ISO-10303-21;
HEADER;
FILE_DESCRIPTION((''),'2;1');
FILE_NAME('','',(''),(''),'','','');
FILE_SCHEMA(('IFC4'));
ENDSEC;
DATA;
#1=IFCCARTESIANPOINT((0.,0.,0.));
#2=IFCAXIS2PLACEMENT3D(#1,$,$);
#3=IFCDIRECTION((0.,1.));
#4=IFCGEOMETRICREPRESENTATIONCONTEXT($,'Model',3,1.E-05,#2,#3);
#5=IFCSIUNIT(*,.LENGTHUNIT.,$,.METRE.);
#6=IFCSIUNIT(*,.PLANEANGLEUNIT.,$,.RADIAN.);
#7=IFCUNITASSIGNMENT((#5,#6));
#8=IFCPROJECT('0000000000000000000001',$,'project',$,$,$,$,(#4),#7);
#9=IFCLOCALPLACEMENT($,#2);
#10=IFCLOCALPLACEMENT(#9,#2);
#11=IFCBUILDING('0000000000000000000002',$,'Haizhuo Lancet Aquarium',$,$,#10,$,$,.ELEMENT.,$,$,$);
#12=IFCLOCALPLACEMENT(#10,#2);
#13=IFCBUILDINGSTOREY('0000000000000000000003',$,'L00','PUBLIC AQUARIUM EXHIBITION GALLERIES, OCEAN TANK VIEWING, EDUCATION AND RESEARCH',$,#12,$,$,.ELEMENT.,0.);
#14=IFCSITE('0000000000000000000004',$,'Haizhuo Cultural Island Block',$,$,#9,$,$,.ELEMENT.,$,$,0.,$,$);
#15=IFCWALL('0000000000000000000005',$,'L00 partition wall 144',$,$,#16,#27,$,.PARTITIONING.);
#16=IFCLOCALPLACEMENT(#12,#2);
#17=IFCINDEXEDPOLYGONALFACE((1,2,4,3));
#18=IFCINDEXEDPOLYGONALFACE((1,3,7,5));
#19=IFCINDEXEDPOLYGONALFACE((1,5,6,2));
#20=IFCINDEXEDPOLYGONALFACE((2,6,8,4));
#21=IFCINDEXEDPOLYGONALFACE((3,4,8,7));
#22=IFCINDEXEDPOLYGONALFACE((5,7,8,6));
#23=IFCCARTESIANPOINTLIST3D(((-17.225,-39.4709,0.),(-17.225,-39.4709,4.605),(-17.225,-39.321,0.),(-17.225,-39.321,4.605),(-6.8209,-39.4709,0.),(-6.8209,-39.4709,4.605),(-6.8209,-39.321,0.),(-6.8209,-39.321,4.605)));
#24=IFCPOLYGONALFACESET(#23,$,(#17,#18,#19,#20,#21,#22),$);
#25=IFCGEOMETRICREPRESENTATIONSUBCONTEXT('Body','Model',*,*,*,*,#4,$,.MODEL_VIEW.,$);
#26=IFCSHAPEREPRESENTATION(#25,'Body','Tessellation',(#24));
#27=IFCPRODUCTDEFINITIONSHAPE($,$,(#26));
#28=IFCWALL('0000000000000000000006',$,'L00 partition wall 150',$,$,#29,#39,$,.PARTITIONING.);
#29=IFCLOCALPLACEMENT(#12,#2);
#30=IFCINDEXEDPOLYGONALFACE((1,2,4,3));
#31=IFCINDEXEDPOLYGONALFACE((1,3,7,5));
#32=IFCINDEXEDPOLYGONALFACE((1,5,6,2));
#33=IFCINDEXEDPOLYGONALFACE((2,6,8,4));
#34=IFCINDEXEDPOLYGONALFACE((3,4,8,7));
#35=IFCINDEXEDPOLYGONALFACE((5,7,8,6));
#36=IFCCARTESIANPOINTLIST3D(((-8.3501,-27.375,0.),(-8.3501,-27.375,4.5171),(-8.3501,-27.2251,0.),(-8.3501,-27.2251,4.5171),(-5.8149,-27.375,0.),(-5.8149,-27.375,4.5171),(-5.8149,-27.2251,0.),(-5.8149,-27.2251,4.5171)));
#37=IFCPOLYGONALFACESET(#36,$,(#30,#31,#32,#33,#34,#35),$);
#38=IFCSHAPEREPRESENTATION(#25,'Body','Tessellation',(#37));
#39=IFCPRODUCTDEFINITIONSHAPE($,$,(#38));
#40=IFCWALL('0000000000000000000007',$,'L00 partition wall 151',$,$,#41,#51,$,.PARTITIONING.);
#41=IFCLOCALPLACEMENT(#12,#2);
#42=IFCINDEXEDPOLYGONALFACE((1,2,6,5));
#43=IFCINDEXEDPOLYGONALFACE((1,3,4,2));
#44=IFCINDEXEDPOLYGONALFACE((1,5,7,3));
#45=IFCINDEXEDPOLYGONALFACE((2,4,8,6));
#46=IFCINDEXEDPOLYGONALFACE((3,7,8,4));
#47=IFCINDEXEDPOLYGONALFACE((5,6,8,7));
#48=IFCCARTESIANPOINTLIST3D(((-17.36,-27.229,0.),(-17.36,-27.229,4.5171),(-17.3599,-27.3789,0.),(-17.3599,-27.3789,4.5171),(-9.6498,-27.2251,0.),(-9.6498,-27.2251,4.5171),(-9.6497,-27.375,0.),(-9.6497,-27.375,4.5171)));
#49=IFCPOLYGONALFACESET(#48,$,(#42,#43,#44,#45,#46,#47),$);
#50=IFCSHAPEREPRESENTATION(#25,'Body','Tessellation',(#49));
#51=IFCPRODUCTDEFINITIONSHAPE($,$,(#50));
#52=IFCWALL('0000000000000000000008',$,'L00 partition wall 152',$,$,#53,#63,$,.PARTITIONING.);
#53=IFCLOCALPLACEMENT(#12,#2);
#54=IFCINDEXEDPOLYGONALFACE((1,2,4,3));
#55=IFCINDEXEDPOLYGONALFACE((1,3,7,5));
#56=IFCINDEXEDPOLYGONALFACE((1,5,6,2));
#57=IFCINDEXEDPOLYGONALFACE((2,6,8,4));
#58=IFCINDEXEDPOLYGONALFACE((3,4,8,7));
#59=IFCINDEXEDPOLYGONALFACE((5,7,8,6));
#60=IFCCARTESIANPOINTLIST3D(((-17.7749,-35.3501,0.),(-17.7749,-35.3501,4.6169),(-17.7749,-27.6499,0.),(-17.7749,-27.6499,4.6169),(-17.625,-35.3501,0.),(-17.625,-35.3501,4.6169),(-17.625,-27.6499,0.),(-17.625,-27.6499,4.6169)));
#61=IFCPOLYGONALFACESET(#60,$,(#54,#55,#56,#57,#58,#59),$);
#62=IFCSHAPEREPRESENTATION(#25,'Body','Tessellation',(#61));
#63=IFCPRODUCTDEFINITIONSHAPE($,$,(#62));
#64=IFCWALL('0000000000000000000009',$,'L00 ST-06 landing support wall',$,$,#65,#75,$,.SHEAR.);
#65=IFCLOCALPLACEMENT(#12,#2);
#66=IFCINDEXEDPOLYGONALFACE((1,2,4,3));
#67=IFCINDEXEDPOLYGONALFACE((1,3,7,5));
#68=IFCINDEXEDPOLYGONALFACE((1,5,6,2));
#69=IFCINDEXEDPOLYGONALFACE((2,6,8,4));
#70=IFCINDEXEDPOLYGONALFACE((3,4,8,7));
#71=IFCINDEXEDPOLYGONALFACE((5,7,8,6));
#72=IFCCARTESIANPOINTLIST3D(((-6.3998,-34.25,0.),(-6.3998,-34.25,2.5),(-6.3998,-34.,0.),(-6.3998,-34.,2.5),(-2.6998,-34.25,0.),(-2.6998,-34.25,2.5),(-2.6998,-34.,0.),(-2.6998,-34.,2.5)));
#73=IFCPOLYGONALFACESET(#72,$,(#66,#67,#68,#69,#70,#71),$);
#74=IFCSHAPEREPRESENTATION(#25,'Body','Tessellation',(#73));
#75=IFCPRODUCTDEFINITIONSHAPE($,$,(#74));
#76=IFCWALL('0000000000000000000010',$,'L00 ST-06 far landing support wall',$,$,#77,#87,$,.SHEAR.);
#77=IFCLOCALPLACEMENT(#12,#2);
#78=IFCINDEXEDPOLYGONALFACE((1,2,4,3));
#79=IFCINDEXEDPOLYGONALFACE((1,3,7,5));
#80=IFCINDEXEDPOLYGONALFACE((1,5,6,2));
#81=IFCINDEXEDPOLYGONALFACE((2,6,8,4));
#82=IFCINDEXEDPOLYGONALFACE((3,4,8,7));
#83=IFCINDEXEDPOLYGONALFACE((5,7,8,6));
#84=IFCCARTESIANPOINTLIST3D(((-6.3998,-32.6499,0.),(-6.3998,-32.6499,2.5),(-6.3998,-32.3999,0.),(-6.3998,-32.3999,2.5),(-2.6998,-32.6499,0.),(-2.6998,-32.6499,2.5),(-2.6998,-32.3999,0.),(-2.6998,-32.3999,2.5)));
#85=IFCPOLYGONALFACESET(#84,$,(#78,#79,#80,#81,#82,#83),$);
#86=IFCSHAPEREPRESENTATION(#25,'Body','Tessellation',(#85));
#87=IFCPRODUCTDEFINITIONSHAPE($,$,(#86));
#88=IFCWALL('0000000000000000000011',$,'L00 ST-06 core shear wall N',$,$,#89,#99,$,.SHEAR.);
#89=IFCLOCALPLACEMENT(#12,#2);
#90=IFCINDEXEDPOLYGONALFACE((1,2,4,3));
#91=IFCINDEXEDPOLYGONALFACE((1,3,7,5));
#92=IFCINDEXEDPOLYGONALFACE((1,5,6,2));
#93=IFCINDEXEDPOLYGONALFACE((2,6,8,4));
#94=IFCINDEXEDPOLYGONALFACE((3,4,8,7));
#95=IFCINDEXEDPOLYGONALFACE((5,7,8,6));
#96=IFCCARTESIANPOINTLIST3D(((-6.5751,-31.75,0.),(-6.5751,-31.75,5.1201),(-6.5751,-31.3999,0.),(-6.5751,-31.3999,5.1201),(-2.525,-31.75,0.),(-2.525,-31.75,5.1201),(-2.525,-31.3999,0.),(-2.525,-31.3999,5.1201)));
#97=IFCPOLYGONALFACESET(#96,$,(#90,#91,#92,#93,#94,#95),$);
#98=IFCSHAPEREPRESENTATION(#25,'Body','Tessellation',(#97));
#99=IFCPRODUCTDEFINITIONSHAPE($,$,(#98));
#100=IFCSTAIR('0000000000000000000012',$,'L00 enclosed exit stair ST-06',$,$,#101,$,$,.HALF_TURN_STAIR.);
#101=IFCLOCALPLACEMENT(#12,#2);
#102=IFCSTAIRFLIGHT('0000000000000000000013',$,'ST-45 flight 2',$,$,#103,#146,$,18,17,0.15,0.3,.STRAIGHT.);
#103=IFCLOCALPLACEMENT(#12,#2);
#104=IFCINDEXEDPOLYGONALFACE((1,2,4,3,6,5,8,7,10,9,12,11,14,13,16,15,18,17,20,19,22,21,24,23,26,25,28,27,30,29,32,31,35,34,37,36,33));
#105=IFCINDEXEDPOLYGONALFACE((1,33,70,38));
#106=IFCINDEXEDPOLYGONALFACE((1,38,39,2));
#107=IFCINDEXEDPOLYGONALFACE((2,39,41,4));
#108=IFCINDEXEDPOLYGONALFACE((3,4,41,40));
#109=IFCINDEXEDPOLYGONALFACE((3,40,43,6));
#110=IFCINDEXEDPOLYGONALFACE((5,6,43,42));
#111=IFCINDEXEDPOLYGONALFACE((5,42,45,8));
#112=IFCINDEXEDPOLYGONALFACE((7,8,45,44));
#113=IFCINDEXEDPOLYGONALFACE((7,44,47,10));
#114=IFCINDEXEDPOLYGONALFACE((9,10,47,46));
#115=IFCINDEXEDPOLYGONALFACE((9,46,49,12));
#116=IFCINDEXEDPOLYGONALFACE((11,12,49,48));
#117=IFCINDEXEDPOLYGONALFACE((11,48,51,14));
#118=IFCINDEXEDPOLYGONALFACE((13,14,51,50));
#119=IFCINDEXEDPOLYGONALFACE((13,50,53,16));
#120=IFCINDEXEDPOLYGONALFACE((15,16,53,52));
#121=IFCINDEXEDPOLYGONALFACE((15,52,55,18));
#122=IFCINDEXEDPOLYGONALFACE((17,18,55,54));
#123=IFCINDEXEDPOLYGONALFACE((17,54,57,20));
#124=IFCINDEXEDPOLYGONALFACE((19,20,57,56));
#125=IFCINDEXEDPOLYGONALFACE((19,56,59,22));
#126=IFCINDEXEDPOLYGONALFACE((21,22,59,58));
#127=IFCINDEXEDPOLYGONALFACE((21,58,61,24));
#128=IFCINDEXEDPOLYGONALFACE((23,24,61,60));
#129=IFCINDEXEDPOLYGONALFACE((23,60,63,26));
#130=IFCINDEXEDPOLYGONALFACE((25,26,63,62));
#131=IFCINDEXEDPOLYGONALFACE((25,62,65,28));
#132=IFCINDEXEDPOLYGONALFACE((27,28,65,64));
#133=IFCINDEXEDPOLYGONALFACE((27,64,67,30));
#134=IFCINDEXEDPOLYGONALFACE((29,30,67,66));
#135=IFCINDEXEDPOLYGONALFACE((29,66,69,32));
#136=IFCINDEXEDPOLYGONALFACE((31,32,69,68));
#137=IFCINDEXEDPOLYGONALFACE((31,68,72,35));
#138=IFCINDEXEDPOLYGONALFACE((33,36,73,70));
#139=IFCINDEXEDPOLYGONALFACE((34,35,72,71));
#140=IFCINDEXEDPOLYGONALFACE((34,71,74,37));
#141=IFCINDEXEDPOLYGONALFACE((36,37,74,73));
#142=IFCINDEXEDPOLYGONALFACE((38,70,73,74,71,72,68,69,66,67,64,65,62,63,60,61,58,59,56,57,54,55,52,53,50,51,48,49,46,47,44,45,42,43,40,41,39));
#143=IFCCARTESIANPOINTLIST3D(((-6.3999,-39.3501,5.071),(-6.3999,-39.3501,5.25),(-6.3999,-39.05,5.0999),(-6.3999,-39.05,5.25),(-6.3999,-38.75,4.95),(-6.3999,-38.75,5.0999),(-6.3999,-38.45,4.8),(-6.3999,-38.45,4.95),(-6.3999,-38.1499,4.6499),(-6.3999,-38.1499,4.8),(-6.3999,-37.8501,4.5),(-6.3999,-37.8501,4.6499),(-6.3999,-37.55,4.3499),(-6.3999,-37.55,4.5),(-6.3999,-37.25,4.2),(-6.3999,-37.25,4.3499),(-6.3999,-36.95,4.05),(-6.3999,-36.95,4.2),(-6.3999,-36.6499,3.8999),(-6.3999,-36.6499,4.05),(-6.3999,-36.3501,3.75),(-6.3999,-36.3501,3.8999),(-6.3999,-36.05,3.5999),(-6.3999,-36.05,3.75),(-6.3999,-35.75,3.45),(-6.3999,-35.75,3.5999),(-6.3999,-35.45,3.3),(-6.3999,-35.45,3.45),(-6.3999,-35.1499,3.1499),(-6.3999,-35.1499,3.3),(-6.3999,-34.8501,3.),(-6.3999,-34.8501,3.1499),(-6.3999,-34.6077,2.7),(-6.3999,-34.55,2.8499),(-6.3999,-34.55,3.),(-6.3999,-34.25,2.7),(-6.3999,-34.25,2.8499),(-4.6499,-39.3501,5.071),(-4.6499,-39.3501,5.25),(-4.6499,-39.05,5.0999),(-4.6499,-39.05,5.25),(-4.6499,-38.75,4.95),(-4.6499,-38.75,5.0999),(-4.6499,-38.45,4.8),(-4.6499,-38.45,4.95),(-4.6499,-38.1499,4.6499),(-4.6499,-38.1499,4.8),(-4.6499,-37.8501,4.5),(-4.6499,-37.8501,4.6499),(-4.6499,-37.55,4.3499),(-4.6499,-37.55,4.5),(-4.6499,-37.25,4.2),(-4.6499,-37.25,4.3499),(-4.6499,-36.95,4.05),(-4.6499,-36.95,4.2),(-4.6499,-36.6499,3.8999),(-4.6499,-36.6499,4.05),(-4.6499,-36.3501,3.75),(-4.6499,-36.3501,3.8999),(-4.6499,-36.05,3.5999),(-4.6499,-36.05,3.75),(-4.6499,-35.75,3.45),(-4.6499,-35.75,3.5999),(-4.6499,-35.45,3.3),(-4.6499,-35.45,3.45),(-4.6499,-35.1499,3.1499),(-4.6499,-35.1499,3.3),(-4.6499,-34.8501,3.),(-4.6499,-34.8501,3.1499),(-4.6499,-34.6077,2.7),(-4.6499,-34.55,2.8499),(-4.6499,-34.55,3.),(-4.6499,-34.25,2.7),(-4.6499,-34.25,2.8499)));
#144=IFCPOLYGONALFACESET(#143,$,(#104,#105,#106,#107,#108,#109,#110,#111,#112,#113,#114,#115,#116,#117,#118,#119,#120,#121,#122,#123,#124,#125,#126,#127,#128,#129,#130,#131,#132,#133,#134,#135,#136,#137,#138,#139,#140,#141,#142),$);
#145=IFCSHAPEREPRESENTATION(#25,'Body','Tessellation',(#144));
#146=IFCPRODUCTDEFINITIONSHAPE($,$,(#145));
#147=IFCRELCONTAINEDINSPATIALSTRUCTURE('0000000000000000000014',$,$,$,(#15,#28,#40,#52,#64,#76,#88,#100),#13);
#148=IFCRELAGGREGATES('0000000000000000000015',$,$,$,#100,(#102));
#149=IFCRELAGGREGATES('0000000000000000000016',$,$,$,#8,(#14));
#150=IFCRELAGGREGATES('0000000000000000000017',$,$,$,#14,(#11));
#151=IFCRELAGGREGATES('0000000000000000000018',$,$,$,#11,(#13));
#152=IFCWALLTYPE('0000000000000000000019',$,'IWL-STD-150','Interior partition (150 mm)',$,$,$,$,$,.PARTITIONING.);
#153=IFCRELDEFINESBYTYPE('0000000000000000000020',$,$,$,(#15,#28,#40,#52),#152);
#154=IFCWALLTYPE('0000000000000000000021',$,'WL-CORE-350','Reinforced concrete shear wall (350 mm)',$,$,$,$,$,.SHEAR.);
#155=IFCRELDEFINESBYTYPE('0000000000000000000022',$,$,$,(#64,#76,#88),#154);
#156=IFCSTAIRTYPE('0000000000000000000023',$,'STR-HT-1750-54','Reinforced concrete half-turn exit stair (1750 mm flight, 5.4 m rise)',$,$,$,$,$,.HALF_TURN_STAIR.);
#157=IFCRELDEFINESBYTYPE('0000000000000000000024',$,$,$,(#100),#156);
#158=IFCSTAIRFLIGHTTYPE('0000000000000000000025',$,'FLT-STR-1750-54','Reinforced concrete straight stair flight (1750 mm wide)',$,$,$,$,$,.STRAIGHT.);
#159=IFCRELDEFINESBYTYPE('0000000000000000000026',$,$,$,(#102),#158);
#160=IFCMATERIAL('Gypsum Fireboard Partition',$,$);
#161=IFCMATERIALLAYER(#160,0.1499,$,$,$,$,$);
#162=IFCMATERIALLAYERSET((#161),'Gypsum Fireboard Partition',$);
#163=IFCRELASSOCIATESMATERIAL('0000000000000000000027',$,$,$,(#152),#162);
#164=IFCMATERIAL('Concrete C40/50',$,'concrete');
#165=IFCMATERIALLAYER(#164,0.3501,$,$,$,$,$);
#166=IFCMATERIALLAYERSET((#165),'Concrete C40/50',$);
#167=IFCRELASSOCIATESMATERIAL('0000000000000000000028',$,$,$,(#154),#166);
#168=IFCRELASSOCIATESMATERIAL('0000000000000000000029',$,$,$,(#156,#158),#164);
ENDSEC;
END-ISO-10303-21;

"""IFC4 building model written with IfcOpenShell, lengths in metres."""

from ifc_helpers import new_model, si_unit, direction, frame, frame_2d, origin, place, context, subcontext, project, spatial, polyline, rectangle, outline, extrude, material, layer, layer_set, type_object, element, aggregate, save


model = new_model("IFC4")

# Units and contexts
model_context = context("Model", 3, precision=1e-05, world=origin(), true_north=direction((0.0, 1.0)))
body_context = subcontext(model_context, "Body", "Model", "MODEL_VIEW")
ifc_project = project(units=[si_unit("LENGTHUNIT", "METRE"), si_unit("PLANEANGLEUNIT", "RADIAN")], contexts=[model_context])

# Site, building, storey
site_placement = place(None, origin())
site = spatial("IfcSite", under=ifc_project, at=site_placement, Name="Haizhuo Cultural Island Block", CompositionType="ELEMENT", RefElevation=0.0)
building_placement = place(site_placement, origin())
building = spatial("IfcBuilding", under=site, at=building_placement, Name="Haizhuo Lancet Aquarium", CompositionType="ELEMENT")
storey_placement = place(building_placement, origin())
storey = spatial("IfcBuildingStorey", under=building, at=storey_placement, Name="L00", Description="PUBLIC AQUARIUM EXHIBITION GALLERIES, OCEAN TANK VIEWING, EDUCATION AND RESEARCH", CompositionType="ELEMENT", Elevation=0.0)

# Walls
ifc_material_1 = material(Name="Gypsum Fireboard Partition")
ifc_layer_1 = layer(ifc_material_1, 0.1499)
ifc_layer_set_1 = layer_set([ifc_layer_1], Name="Gypsum Fireboard Partition")
wall_type_1 = type_object("IfcWallType", Name="IWL-STD-150", Description="Interior partition (150 mm)", PredefinedType="PARTITIONING", material=ifc_layer_set_1)
wall_1_placement = place(storey_placement, frame((-17.2251, -39.396, 0.0), z_axis=(0.0, 0.0, 1.0), x_axis=(1.0, 0.0, 0.0)))
element("IfcWall", 1, at=wall_1_placement, inside=storey, type_object=wall_type_1, Name="L00 partition wall 144", PredefinedType="PARTITIONING", context=body_context, shape_type="SweptSolid", body=[
    extrude(rectangle(XDim=10.4041, YDim=0.1499, at=frame_2d((5.2021, 0.0))), origin(), (0.0, 0.0, 1.0), 4.605),
])
wall_2_placement = place(storey_placement, frame((-5.8149, -27.3, 0.0), z_axis=(0.0, 0.0, 1.0), x_axis=(-1.0, 0.0, 0.0)))
element("IfcWall", 2, at=wall_2_placement, inside=storey, type_object=wall_type_1, Name="L00 partition wall 150", PredefinedType="PARTITIONING", context=body_context, shape_type="SweptSolid", body=[
    extrude(rectangle(XDim=2.5352, YDim=0.1499, at=frame_2d((1.2676, 0.0))), origin(), (0.0, 0.0, 1.0), 4.5171),
])
wall_3_placement = place(storey_placement, frame((-9.6499, -27.3, 0.0), z_axis=(0.0, 0.0, 1.0), x_axis=(-1.0, -0.000507, 0.0)))
element("IfcWall", 3, at=wall_3_placement, inside=storey, type_object=wall_type_1, Name="L00 partition wall 151", PredefinedType="PARTITIONING", context=body_context, shape_type="SweptSolid", body=[
    extrude(rectangle(XDim=7.7102, YDim=0.1499, at=frame_2d((3.855, 0.0))), origin(), (0.0, 0.0, 1.0), 4.5171),
])
wall_4_placement = place(storey_placement, frame((-17.7, -27.6499, 0.0), z_axis=(0.0, 0.0, 1.0), x_axis=(0.0, -1.0, 0.0)))
element("IfcWall", 4, at=wall_4_placement, inside=storey, type_object=wall_type_1, Name="L00 partition wall 152", PredefinedType="PARTITIONING", context=body_context, shape_type="SweptSolid", body=[
    extrude(rectangle(XDim=7.7002, YDim=0.1499, at=frame_2d((3.8501, 0.0))), origin(), (0.0, 0.0, 1.0), 4.6169),
])
ifc_material_2 = material(Name="Concrete C40/50", Category="concrete")
ifc_layer_2 = layer(ifc_material_2, 0.3501)
ifc_layer_set_2 = layer_set([ifc_layer_2], Name="Concrete C40/50")
wall_type_2 = type_object("IfcWallType", Name="WL-CORE-350", Description="Reinforced concrete shear wall (350 mm)", PredefinedType="SHEAR", material=ifc_layer_set_2)
for number, where, z_axis, x_axis, name in (
    (5, (-6.3999, -34.125, 0.0), (0.0, 0.0, 1.0), (1.0, 0.0, 0.0), "L00 ST-06 landing support wall"),
    (6, (-6.3999, -32.5249, 0.0), (0.0, 0.0, 1.0), (1.0, 0.0, 0.0), "L00 ST-06 far landing support wall"),
):
    element("IfcWall", number, at=place(storey_placement, frame(where, z_axis=z_axis, x_axis=x_axis)), inside=storey, type_object=wall_type_2, Name=name, PredefinedType="SHEAR", context=body_context, shape_type="SweptSolid", body=[
        extrude(rectangle(XDim=3.7, YDim=0.25, at=frame_2d((1.8501, 0.0))), origin(), (0.0, 0.0, 1.0), 2.5),
    ])
wall_5_placement = place(storey_placement, frame((-6.575, -31.575, 0.0), z_axis=(0.0, 0.0, 1.0), x_axis=(1.0, 0.0, 0.0)))
element("IfcWall", 7, at=wall_5_placement, inside=storey, type_object=wall_type_2, Name="L00 ST-06 core shear wall N", PredefinedType="SHEAR", context=body_context, shape_type="SweptSolid", body=[
    extrude(rectangle(XDim=4.05, YDim=0.3501, at=frame_2d((2.0249, 0.0))), origin(), (0.0, 0.0, 1.0), 5.1201),
])

# Stair, stair flight
stair_type = type_object("IfcStairType", Name="STR-HT-1750-54", Description="Reinforced concrete half-turn exit stair (1750 mm flight, 5.4 m rise)", PredefinedType="HALF_TURN_STAIR", material=ifc_material_2)
stair_placement = place(storey_placement, origin())
stair = element("IfcStair", 8, at=stair_placement, inside=storey, type_object=stair_type, Name="L00 enclosed exit stair ST-06", PredefinedType="HALF_TURN_STAIR")
stair_flight_type = type_object("IfcStairFlightType", Name="FLT-STR-1750-54", Description="Reinforced concrete straight stair flight (1750 mm wide)", PredefinedType="STRAIGHT", material=ifc_material_2)
stair_flight_placement = place(storey_placement, frame((-5.5249, -34.25, 2.7), z_axis=(0.0, 0.0, 1.0), x_axis=(0.0, -1.0, 0.0)))
stair_flight = element("IfcStairFlight", 9, at=stair_flight_placement, type_object=stair_flight_type, Name="ST-45 flight 2", NumberOfRisers=18, NumberOfTreads=17, PredefinedType="STRAIGHT", RiserHeight=0.15, TreadLength=0.3, context=body_context, shape_type="SweptSolid", body=[
    extrude(outline(polyline([(0.0, 0.0), (0.0, 0.1499), (0.3, 0.1499), (0.3, 0.3), (0.6001, 0.3), (0.6001, 0.45), (0.8999, 0.45), (0.8999, 0.6001), (1.2, 0.6001), (1.2, 0.75), (1.5, 0.75), (1.5, 0.8999), (1.8, 0.8999), (1.8, 1.05), (2.1001, 1.05), (2.1001, 1.2), (2.3999, 1.2), (2.3999, 1.3501), (2.7, 1.3501), (2.7, 1.5), (3.0, 1.5), (3.0, 1.6499), (3.3, 1.6499), (3.3, 1.8), (3.6001, 1.8), (3.6001, 1.95), (3.8999, 1.95), (3.8999, 2.1001), (4.2, 2.1001), (4.2, 2.25), (4.5, 2.25), (4.5, 2.3999), (4.8, 2.3999), (4.8, 2.55), (5.1001, 2.55), (5.1001, 2.7), (5.1001, 2.3711), (0.3577, 0.0), (0.0, 0.0)])), frame((0.0, 0.875, 0.0), z_axis=(0.0, -1.0, 0.0), x_axis=(1.0, 0.0, 0.0)), (0.0, 0.0, 1.0), 1.75),
])
aggregate(stair, [stair_flight])

save(model, "model.ifc")
